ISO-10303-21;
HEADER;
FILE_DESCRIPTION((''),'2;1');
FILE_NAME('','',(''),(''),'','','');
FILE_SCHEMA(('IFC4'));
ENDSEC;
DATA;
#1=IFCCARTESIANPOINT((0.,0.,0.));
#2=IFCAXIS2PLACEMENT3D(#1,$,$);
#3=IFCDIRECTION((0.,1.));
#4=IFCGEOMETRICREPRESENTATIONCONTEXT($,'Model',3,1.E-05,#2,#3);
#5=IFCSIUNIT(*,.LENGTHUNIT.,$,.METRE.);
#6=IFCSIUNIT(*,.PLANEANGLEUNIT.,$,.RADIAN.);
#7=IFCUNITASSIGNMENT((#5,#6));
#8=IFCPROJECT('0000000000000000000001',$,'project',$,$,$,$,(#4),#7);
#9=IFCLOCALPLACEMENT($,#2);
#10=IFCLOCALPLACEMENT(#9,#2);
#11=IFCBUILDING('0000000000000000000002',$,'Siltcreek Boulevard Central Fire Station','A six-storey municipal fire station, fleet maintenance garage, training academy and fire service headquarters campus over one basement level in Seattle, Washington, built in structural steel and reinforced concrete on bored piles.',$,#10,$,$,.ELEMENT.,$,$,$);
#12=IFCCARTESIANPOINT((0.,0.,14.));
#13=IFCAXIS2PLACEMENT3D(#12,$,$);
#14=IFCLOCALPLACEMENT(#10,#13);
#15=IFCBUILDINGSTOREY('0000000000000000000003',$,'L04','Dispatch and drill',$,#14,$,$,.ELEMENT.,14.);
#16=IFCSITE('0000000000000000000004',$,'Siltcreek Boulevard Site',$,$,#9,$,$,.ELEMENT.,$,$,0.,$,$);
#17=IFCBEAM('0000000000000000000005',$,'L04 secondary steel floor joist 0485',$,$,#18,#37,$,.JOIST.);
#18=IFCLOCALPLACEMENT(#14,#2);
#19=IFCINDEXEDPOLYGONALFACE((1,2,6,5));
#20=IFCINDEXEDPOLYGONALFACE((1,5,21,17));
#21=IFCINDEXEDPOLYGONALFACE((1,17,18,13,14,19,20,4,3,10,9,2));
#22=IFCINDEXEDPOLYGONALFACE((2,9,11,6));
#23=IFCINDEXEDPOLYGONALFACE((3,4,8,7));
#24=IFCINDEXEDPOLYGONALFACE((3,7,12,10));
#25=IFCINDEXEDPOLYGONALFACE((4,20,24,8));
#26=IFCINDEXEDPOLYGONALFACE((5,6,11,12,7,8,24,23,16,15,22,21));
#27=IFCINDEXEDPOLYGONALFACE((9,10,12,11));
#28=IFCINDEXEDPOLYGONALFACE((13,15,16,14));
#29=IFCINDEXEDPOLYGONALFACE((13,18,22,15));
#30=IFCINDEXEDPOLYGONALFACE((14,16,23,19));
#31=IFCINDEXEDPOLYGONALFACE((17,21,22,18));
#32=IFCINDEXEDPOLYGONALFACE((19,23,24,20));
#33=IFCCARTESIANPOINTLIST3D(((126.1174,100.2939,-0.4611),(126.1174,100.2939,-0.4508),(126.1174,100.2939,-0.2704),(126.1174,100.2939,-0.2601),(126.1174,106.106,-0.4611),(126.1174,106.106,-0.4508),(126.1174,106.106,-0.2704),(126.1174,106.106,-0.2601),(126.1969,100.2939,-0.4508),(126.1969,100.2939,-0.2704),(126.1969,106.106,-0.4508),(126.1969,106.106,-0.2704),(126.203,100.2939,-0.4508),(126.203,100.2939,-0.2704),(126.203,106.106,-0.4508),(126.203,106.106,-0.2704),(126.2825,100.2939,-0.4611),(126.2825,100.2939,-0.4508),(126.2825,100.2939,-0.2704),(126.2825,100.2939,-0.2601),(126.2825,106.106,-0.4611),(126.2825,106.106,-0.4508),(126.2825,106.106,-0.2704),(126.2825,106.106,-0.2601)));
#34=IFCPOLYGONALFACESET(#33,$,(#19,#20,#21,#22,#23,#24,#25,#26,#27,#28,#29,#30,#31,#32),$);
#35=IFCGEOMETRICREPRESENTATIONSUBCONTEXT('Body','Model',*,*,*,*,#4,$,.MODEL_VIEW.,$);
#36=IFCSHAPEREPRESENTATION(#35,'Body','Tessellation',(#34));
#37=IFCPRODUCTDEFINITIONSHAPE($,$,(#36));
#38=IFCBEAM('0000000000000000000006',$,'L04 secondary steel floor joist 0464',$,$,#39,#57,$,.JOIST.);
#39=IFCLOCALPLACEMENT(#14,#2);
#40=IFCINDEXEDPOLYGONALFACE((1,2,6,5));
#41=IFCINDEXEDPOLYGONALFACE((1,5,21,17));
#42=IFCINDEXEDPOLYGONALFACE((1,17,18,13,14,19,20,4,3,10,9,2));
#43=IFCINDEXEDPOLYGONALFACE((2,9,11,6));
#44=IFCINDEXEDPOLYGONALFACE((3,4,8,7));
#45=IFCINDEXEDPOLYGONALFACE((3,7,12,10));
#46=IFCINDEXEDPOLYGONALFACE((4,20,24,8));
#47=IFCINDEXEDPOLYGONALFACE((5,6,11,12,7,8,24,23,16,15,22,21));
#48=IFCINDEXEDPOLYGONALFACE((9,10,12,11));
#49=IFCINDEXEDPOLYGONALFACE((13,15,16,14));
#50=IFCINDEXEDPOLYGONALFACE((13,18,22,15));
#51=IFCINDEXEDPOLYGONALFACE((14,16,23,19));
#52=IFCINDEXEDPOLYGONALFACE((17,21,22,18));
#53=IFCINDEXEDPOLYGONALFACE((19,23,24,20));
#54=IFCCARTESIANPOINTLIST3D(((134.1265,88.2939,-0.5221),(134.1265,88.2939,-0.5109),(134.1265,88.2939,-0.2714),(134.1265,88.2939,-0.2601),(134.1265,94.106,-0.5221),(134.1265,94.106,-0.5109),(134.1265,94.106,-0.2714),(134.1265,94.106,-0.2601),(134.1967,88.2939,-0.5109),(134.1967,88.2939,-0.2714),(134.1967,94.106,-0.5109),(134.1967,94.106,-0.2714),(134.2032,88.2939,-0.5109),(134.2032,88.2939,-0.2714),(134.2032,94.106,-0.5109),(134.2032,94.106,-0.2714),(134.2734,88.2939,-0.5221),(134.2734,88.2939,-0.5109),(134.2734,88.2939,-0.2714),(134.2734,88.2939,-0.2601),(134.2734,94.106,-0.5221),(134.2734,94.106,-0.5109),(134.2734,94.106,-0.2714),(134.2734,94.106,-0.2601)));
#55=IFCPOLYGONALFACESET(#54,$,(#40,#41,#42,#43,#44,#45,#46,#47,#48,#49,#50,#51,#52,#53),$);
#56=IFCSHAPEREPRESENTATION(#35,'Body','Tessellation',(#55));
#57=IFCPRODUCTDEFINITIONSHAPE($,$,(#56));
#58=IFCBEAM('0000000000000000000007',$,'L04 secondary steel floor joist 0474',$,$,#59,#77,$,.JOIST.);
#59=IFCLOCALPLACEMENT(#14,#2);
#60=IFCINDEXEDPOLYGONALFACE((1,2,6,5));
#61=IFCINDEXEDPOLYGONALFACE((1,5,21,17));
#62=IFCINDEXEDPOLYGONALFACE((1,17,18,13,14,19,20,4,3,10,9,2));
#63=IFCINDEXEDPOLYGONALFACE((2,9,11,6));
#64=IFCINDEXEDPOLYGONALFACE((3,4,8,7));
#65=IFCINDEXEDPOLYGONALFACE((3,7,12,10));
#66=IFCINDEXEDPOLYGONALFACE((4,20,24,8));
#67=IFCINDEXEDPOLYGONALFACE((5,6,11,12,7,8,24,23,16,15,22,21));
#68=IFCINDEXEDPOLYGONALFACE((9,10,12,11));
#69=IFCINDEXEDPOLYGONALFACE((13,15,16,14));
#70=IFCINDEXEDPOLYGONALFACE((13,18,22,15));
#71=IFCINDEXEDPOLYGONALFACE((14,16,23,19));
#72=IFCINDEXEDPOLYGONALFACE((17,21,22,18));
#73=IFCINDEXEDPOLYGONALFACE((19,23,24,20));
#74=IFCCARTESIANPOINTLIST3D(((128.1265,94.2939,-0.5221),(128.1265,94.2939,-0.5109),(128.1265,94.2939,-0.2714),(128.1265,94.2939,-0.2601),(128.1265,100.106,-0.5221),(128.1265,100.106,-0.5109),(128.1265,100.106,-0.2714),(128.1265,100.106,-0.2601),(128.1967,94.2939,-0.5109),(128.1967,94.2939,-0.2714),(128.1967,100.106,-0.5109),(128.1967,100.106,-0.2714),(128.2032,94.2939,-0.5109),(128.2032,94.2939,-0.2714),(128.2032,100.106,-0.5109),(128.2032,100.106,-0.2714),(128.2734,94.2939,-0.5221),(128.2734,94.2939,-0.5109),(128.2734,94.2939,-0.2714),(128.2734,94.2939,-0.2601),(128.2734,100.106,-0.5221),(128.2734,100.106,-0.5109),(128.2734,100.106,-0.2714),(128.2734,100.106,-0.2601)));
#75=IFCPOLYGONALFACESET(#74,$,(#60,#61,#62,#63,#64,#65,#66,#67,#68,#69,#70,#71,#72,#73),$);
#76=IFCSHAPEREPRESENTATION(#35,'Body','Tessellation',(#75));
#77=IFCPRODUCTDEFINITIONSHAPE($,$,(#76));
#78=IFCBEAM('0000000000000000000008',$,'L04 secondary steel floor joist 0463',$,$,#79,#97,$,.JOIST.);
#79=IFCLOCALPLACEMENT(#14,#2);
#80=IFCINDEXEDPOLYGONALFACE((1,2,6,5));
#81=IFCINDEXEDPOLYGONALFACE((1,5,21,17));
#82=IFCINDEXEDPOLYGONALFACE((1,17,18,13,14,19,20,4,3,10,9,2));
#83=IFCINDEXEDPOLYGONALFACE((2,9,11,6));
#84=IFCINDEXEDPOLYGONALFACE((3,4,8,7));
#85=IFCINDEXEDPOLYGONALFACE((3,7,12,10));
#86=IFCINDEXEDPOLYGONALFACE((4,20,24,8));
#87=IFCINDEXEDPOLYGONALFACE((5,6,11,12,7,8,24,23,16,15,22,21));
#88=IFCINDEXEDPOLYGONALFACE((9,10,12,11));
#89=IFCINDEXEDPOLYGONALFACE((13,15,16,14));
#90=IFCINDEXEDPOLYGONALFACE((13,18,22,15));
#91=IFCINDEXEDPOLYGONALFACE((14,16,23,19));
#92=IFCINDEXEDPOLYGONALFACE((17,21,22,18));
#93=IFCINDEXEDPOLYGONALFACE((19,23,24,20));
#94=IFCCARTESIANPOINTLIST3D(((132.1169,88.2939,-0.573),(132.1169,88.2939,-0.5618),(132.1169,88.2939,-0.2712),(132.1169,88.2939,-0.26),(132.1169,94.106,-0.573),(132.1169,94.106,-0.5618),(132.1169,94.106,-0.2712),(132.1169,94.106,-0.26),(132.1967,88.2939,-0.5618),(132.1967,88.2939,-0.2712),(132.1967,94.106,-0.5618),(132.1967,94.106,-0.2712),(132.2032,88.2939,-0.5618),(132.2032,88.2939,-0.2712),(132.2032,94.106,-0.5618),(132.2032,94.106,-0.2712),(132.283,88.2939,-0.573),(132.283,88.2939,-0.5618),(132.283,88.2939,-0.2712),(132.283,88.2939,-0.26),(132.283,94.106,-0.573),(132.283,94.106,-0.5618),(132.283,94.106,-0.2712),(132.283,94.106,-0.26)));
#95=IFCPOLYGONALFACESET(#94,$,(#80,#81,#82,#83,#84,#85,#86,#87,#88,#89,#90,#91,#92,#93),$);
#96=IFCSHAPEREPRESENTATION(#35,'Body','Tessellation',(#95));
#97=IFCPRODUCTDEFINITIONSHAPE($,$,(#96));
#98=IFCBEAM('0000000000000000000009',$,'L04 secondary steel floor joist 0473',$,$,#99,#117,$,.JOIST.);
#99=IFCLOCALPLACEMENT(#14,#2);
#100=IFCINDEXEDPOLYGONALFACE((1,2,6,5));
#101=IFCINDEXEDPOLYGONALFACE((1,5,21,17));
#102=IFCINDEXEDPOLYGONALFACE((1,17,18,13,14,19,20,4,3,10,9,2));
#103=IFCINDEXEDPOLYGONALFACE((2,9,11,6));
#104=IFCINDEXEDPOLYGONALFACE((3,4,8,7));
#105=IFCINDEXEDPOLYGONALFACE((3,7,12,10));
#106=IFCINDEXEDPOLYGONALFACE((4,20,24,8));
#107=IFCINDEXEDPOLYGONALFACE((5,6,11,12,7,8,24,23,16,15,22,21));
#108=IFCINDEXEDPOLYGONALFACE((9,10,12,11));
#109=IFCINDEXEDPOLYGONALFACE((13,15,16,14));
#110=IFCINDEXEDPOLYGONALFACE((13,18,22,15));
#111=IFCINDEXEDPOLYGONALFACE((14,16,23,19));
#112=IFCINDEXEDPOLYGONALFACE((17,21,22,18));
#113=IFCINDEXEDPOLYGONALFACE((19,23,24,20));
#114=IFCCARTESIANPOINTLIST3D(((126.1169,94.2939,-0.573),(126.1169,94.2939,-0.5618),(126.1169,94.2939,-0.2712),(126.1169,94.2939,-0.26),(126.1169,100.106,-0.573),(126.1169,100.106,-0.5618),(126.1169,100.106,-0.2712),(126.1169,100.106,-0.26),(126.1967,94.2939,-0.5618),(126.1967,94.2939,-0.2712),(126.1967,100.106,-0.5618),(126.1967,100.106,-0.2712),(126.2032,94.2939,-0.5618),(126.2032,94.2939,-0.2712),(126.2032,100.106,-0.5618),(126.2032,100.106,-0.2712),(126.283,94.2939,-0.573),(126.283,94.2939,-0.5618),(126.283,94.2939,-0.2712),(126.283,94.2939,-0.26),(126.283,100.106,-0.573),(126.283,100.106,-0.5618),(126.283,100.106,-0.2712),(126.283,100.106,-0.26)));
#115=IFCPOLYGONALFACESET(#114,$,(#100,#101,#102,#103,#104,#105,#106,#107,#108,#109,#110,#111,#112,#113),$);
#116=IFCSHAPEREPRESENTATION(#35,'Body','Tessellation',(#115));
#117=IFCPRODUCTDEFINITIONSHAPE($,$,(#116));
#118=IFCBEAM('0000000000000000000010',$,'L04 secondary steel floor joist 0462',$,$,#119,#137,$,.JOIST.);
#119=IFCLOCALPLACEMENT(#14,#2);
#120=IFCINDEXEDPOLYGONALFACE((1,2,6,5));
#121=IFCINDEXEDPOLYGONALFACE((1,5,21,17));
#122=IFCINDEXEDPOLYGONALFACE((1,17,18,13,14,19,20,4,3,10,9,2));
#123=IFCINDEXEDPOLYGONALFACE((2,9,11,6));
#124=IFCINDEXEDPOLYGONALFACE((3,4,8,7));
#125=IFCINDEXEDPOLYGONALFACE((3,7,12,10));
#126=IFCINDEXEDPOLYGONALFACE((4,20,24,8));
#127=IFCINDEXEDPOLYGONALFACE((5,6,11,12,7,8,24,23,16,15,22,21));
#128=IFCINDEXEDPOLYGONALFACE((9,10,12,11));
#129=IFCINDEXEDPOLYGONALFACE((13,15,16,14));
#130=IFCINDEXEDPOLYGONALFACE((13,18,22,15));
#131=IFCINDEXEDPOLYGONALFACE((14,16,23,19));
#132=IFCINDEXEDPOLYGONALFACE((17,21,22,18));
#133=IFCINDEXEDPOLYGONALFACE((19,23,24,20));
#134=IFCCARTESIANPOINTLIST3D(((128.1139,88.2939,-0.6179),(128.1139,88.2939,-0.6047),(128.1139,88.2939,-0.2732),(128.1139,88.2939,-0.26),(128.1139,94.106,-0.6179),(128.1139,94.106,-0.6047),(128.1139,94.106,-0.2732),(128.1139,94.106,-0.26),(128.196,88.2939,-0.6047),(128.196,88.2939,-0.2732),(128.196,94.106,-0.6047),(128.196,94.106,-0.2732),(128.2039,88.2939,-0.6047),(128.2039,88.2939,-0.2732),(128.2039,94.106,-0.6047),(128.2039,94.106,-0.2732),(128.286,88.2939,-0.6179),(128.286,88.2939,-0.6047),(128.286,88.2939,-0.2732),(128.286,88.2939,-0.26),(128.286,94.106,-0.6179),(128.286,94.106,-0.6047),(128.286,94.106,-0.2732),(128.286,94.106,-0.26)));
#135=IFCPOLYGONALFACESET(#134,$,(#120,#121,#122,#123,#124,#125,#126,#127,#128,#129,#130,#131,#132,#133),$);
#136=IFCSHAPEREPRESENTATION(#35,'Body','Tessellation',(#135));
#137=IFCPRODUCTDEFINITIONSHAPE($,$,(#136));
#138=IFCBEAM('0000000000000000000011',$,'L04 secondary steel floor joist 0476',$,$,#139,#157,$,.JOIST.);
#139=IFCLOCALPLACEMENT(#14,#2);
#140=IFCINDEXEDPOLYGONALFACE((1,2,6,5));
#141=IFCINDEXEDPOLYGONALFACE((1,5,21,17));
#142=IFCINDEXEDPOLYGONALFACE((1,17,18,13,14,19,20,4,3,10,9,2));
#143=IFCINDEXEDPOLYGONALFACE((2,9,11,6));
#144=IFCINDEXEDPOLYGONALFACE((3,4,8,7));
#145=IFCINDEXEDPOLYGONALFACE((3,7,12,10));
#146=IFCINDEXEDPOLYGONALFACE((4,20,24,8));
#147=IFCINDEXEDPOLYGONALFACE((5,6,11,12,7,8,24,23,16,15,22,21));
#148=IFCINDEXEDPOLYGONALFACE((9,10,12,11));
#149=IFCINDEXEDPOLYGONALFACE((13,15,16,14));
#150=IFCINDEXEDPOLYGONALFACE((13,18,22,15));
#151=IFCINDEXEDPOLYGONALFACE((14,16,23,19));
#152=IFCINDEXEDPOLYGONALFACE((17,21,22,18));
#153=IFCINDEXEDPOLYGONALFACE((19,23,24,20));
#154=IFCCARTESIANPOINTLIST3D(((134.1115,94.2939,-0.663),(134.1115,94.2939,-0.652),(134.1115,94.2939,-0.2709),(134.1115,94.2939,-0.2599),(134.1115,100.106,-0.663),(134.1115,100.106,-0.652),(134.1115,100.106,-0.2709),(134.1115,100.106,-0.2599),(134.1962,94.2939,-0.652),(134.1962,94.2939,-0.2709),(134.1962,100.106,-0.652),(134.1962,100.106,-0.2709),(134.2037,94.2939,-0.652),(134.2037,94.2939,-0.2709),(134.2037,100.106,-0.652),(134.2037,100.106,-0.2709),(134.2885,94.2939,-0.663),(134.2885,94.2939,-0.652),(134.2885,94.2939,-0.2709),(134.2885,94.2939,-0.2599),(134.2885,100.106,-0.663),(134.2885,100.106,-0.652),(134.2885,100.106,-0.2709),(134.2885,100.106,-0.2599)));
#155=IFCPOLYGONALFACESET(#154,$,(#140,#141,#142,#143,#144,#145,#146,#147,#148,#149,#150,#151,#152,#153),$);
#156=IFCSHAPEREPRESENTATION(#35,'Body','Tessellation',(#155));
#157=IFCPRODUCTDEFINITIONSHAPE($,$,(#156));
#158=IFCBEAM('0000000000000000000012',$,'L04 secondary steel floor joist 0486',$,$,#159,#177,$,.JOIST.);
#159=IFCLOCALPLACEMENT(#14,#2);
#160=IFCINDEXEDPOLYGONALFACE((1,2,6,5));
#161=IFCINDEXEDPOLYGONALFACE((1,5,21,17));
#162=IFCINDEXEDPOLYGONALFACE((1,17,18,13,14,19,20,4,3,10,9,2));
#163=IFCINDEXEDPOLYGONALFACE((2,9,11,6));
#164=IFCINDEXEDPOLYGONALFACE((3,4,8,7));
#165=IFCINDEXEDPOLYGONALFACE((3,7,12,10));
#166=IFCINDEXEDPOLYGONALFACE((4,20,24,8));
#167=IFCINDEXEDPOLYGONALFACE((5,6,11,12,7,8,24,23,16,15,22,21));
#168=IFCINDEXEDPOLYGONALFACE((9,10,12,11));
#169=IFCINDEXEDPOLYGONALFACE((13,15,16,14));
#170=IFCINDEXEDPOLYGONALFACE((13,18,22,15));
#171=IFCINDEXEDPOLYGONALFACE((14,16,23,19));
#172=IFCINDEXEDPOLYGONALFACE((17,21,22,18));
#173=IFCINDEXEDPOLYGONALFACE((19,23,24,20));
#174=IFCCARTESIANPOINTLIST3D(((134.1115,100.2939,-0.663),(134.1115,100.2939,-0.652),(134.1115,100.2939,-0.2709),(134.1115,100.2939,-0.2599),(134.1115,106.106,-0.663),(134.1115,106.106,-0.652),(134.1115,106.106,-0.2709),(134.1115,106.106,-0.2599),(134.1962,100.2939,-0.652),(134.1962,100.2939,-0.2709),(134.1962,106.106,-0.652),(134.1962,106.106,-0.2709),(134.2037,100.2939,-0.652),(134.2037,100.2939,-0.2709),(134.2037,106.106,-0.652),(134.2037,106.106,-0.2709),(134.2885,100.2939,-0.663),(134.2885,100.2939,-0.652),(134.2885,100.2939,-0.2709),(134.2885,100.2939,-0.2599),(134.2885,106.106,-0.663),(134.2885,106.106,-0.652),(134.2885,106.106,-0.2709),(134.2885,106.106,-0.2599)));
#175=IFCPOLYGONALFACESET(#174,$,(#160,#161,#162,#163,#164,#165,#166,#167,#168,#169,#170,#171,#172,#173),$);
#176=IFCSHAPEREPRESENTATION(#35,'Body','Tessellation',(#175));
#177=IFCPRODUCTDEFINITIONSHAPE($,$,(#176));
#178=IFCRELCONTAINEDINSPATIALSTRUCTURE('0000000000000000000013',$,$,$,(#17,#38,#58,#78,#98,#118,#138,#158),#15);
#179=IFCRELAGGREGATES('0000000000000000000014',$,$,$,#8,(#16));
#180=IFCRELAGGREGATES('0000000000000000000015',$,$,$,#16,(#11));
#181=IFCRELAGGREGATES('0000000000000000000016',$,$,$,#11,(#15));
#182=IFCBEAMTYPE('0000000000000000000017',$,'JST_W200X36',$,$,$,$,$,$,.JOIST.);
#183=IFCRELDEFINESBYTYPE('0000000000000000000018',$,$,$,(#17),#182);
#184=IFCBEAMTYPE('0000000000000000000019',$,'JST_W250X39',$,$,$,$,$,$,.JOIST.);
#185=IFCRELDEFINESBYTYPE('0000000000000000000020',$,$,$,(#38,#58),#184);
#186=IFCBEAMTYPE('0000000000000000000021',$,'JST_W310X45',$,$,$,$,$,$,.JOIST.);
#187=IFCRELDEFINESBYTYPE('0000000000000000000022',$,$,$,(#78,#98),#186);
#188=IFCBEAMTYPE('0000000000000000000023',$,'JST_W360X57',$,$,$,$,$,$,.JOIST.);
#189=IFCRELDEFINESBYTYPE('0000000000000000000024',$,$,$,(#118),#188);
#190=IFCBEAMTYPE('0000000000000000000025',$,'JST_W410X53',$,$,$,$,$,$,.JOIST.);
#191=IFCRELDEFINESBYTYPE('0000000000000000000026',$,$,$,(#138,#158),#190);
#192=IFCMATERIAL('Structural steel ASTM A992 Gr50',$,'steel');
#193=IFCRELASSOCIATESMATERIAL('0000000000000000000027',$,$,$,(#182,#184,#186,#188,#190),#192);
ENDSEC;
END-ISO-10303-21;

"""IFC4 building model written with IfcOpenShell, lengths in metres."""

from ifc_helpers import new_model, si_unit, direction, frame, origin, origin_2d, place, context, subcontext, project, spatial, i_section, extrude, material, material_profile, profile_set, type_object, element, save


model = new_model("IFC4")

# Units and contexts
model_context = context("Model", 3, precision=1e-05, world=origin(), true_north=direction((0.0, 1.0)))
body_context = subcontext(model_context, "Body", "Model", "MODEL_VIEW")
ifc_project = project(units=[si_unit("LENGTHUNIT", "METRE"), si_unit("PLANEANGLEUNIT", "RADIAN")], contexts=[model_context])

# Site, building, storey
site_placement = place(None, origin())
site = spatial("IfcSite", under=ifc_project, at=site_placement, Name="Siltcreek Boulevard Site", CompositionType="ELEMENT", RefElevation=0.0)
building_placement = place(site_placement, origin())
building = spatial("IfcBuilding", under=site, at=building_placement, Name="Siltcreek Boulevard Central Fire Station", Description="A six-storey municipal fire station, fleet maintenance garage, training academy and fire service headquarters campus over one basement level in Seattle, Washington, built in structural steel and reinforced concrete on bored piles.", CompositionType="ELEMENT")
storey_placement = place(building_placement, frame((0.0, 0.0, 14.0)))
storey = spatial("IfcBuildingStorey", under=building, at=storey_placement, Name="L04", Description="Dispatch and drill", CompositionType="ELEMENT", Elevation=14.0)

# Shared definitions
ifc_material_1 = material(Name="Structural steel ASTM A992 Gr50", Category="steel")

# Beams
ifc_material_profile_1 = material_profile(ifc_material_1, i_section(OverallWidth=0.165, OverallDepth=0.2009, WebThickness=0.0061, FlangeThickness=0.0103, at=origin_2d()), Name="W200X36")
ifc_profile_set_1 = profile_set([ifc_material_profile_1], Name="Structural steel ASTM A992 Gr50")
beam_type_1 = type_object("IfcBeamType", Name="JST_W200X36", PredefinedType="JOIST", material=ifc_profile_set_1)
for number, where, z_axis, x_axis, name in (
    (1, (126.2, 100.2939, -0.3606), (0.0, 1.0, 0.0), (-1.0, 0.0, 0.0), "L04 secondary steel floor joist 0485"),
):
    element("IfcBeam", number, at=place(storey_placement, frame(where, z_axis=z_axis, x_axis=x_axis)), inside=storey, type_object=beam_type_1, Name=name, PredefinedType="JOIST", context=body_context, shape_type="SweptSolid", body=[
        extrude(i_section(OverallWidth=0.165, OverallDepth=0.2009, WebThickness=0.0061, FlangeThickness=0.0103, at=origin_2d()), origin(), (0.0, 0.0, 1.0), 5.812),
    ])
ifc_material_profile_2 = material_profile(ifc_material_1, i_section(OverallWidth=0.147, OverallDepth=0.262, WebThickness=0.0066, FlangeThickness=0.0112, at=origin_2d()), Name="W250X39")
ifc_profile_set_2 = profile_set([ifc_material_profile_2], Name="Structural steel ASTM A992 Gr50")
beam_type_2 = type_object("IfcBeamType", Name="JST_W250X39", PredefinedType="JOIST", material=ifc_profile_set_2)
for number, where, z_axis, x_axis, name in (
    (2, (134.2, 88.2939, -0.3911), (0.0, 1.0, 0.0), (-1.0, 0.0, 0.0), "L04 secondary steel floor joist 0464"),
    (3, (128.2, 94.2939, -0.3911), (0.0, 1.0, 0.0), (-1.0, 0.0, 0.0), "L04 secondary steel floor joist 0474"),
):
    element("IfcBeam", number, at=place(storey_placement, frame(where, z_axis=z_axis, x_axis=x_axis)), inside=storey, type_object=beam_type_2, Name=name, PredefinedType="JOIST", context=body_context, shape_type="SweptSolid", body=[
        extrude(i_section(OverallWidth=0.147, OverallDepth=0.262, WebThickness=0.0066, FlangeThickness=0.0112, at=origin_2d()), origin(), (0.0, 0.0, 1.0), 5.812),
    ])
ifc_material_profile_3 = material_profile(ifc_material_1, i_section(OverallWidth=0.166, OverallDepth=0.313, WebThickness=0.0066, FlangeThickness=0.0112, at=origin_2d()), Name="W310X45")
ifc_profile_set_3 = profile_set([ifc_material_profile_3], Name="Structural steel ASTM A992 Gr50")
beam_type_3 = type_object("IfcBeamType", Name="JST_W310X45", PredefinedType="JOIST", material=ifc_profile_set_3)
for number, where, z_axis, x_axis, name in (
    (4, (132.2, 88.2939, -0.4165), (0.0, 1.0, 0.0), (-1.0, 0.0, 0.0), "L04 secondary steel floor joist 0463"),
    (5, (126.2, 94.2939, -0.4165), (0.0, 1.0, 0.0), (-1.0, 0.0, 0.0), "L04 secondary steel floor joist 0473"),
):
    element("IfcBeam", number, at=place(storey_placement, frame(where, z_axis=z_axis, x_axis=x_axis)), inside=storey, type_object=beam_type_3, Name=name, PredefinedType="JOIST", context=body_context, shape_type="SweptSolid", body=[
        extrude(i_section(OverallWidth=0.166, OverallDepth=0.313, WebThickness=0.0066, FlangeThickness=0.0112, at=origin_2d()), origin(), (0.0, 0.0, 1.0), 5.812),
    ])
ifc_material_profile_4 = material_profile(ifc_material_1, i_section(OverallWidth=0.1721, OverallDepth=0.3579, WebThickness=0.0078, FlangeThickness=0.0132, at=origin_2d()), Name="W360X57")
ifc_profile_set_4 = profile_set([ifc_material_profile_4], Name="Structural steel ASTM A992 Gr50")
beam_type_4 = type_object("IfcBeamType", Name="JST_W360X57", PredefinedType="JOIST", material=ifc_profile_set_4)
beam_placement = place(storey_placement, frame((128.2, 88.2939, -0.439), z_axis=(0.0, 1.0, 0.0), x_axis=(-1.0, 0.0, 0.0)))
element("IfcBeam", 6, at=beam_placement, inside=storey, type_object=beam_type_4, Name="L04 secondary steel floor joist 0462", PredefinedType="JOIST", context=body_context, shape_type="SweptSolid", body=[
    extrude(i_section(OverallWidth=0.1721, OverallDepth=0.3579, WebThickness=0.0078, FlangeThickness=0.0132, at=origin_2d()), origin(), (0.0, 0.0, 1.0), 5.812),
])
ifc_material_profile_5 = material_profile(ifc_material_1, i_section(OverallWidth=0.177, OverallDepth=0.4031, WebThickness=0.0076, FlangeThickness=0.011, at=origin_2d()), Name="W410X53")
ifc_profile_set_5 = profile_set([ifc_material_profile_5], Name="Structural steel ASTM A992 Gr50")
beam_type_5 = type_object("IfcBeamType", Name="JST_W410X53", PredefinedType="JOIST", material=ifc_profile_set_5)
for number, where, z_axis, x_axis, name in (
    (7, (134.2, 94.2939, -0.4614), (0.0, 1.0, 0.0), (-1.0, 0.0, 0.0), "L04 secondary steel floor joist 0476"),
    (8, (134.2, 100.2939, -0.4614), (0.0, 1.0, 0.0), (-1.0, 0.0, 0.0), "L04 secondary steel floor joist 0486"),
):
    element("IfcBeam", number, at=place(storey_placement, frame(where, z_axis=z_axis, x_axis=x_axis)), inside=storey, type_object=beam_type_5, Name=name, PredefinedType="JOIST", context=body_context, shape_type="SweptSolid", body=[
        extrude(i_section(OverallWidth=0.177, OverallDepth=0.4031, WebThickness=0.0076, FlangeThickness=0.011, at=origin_2d()), origin(), (0.0, 0.0, 1.0), 5.812),
    ])

save(model, "model.ifc")
